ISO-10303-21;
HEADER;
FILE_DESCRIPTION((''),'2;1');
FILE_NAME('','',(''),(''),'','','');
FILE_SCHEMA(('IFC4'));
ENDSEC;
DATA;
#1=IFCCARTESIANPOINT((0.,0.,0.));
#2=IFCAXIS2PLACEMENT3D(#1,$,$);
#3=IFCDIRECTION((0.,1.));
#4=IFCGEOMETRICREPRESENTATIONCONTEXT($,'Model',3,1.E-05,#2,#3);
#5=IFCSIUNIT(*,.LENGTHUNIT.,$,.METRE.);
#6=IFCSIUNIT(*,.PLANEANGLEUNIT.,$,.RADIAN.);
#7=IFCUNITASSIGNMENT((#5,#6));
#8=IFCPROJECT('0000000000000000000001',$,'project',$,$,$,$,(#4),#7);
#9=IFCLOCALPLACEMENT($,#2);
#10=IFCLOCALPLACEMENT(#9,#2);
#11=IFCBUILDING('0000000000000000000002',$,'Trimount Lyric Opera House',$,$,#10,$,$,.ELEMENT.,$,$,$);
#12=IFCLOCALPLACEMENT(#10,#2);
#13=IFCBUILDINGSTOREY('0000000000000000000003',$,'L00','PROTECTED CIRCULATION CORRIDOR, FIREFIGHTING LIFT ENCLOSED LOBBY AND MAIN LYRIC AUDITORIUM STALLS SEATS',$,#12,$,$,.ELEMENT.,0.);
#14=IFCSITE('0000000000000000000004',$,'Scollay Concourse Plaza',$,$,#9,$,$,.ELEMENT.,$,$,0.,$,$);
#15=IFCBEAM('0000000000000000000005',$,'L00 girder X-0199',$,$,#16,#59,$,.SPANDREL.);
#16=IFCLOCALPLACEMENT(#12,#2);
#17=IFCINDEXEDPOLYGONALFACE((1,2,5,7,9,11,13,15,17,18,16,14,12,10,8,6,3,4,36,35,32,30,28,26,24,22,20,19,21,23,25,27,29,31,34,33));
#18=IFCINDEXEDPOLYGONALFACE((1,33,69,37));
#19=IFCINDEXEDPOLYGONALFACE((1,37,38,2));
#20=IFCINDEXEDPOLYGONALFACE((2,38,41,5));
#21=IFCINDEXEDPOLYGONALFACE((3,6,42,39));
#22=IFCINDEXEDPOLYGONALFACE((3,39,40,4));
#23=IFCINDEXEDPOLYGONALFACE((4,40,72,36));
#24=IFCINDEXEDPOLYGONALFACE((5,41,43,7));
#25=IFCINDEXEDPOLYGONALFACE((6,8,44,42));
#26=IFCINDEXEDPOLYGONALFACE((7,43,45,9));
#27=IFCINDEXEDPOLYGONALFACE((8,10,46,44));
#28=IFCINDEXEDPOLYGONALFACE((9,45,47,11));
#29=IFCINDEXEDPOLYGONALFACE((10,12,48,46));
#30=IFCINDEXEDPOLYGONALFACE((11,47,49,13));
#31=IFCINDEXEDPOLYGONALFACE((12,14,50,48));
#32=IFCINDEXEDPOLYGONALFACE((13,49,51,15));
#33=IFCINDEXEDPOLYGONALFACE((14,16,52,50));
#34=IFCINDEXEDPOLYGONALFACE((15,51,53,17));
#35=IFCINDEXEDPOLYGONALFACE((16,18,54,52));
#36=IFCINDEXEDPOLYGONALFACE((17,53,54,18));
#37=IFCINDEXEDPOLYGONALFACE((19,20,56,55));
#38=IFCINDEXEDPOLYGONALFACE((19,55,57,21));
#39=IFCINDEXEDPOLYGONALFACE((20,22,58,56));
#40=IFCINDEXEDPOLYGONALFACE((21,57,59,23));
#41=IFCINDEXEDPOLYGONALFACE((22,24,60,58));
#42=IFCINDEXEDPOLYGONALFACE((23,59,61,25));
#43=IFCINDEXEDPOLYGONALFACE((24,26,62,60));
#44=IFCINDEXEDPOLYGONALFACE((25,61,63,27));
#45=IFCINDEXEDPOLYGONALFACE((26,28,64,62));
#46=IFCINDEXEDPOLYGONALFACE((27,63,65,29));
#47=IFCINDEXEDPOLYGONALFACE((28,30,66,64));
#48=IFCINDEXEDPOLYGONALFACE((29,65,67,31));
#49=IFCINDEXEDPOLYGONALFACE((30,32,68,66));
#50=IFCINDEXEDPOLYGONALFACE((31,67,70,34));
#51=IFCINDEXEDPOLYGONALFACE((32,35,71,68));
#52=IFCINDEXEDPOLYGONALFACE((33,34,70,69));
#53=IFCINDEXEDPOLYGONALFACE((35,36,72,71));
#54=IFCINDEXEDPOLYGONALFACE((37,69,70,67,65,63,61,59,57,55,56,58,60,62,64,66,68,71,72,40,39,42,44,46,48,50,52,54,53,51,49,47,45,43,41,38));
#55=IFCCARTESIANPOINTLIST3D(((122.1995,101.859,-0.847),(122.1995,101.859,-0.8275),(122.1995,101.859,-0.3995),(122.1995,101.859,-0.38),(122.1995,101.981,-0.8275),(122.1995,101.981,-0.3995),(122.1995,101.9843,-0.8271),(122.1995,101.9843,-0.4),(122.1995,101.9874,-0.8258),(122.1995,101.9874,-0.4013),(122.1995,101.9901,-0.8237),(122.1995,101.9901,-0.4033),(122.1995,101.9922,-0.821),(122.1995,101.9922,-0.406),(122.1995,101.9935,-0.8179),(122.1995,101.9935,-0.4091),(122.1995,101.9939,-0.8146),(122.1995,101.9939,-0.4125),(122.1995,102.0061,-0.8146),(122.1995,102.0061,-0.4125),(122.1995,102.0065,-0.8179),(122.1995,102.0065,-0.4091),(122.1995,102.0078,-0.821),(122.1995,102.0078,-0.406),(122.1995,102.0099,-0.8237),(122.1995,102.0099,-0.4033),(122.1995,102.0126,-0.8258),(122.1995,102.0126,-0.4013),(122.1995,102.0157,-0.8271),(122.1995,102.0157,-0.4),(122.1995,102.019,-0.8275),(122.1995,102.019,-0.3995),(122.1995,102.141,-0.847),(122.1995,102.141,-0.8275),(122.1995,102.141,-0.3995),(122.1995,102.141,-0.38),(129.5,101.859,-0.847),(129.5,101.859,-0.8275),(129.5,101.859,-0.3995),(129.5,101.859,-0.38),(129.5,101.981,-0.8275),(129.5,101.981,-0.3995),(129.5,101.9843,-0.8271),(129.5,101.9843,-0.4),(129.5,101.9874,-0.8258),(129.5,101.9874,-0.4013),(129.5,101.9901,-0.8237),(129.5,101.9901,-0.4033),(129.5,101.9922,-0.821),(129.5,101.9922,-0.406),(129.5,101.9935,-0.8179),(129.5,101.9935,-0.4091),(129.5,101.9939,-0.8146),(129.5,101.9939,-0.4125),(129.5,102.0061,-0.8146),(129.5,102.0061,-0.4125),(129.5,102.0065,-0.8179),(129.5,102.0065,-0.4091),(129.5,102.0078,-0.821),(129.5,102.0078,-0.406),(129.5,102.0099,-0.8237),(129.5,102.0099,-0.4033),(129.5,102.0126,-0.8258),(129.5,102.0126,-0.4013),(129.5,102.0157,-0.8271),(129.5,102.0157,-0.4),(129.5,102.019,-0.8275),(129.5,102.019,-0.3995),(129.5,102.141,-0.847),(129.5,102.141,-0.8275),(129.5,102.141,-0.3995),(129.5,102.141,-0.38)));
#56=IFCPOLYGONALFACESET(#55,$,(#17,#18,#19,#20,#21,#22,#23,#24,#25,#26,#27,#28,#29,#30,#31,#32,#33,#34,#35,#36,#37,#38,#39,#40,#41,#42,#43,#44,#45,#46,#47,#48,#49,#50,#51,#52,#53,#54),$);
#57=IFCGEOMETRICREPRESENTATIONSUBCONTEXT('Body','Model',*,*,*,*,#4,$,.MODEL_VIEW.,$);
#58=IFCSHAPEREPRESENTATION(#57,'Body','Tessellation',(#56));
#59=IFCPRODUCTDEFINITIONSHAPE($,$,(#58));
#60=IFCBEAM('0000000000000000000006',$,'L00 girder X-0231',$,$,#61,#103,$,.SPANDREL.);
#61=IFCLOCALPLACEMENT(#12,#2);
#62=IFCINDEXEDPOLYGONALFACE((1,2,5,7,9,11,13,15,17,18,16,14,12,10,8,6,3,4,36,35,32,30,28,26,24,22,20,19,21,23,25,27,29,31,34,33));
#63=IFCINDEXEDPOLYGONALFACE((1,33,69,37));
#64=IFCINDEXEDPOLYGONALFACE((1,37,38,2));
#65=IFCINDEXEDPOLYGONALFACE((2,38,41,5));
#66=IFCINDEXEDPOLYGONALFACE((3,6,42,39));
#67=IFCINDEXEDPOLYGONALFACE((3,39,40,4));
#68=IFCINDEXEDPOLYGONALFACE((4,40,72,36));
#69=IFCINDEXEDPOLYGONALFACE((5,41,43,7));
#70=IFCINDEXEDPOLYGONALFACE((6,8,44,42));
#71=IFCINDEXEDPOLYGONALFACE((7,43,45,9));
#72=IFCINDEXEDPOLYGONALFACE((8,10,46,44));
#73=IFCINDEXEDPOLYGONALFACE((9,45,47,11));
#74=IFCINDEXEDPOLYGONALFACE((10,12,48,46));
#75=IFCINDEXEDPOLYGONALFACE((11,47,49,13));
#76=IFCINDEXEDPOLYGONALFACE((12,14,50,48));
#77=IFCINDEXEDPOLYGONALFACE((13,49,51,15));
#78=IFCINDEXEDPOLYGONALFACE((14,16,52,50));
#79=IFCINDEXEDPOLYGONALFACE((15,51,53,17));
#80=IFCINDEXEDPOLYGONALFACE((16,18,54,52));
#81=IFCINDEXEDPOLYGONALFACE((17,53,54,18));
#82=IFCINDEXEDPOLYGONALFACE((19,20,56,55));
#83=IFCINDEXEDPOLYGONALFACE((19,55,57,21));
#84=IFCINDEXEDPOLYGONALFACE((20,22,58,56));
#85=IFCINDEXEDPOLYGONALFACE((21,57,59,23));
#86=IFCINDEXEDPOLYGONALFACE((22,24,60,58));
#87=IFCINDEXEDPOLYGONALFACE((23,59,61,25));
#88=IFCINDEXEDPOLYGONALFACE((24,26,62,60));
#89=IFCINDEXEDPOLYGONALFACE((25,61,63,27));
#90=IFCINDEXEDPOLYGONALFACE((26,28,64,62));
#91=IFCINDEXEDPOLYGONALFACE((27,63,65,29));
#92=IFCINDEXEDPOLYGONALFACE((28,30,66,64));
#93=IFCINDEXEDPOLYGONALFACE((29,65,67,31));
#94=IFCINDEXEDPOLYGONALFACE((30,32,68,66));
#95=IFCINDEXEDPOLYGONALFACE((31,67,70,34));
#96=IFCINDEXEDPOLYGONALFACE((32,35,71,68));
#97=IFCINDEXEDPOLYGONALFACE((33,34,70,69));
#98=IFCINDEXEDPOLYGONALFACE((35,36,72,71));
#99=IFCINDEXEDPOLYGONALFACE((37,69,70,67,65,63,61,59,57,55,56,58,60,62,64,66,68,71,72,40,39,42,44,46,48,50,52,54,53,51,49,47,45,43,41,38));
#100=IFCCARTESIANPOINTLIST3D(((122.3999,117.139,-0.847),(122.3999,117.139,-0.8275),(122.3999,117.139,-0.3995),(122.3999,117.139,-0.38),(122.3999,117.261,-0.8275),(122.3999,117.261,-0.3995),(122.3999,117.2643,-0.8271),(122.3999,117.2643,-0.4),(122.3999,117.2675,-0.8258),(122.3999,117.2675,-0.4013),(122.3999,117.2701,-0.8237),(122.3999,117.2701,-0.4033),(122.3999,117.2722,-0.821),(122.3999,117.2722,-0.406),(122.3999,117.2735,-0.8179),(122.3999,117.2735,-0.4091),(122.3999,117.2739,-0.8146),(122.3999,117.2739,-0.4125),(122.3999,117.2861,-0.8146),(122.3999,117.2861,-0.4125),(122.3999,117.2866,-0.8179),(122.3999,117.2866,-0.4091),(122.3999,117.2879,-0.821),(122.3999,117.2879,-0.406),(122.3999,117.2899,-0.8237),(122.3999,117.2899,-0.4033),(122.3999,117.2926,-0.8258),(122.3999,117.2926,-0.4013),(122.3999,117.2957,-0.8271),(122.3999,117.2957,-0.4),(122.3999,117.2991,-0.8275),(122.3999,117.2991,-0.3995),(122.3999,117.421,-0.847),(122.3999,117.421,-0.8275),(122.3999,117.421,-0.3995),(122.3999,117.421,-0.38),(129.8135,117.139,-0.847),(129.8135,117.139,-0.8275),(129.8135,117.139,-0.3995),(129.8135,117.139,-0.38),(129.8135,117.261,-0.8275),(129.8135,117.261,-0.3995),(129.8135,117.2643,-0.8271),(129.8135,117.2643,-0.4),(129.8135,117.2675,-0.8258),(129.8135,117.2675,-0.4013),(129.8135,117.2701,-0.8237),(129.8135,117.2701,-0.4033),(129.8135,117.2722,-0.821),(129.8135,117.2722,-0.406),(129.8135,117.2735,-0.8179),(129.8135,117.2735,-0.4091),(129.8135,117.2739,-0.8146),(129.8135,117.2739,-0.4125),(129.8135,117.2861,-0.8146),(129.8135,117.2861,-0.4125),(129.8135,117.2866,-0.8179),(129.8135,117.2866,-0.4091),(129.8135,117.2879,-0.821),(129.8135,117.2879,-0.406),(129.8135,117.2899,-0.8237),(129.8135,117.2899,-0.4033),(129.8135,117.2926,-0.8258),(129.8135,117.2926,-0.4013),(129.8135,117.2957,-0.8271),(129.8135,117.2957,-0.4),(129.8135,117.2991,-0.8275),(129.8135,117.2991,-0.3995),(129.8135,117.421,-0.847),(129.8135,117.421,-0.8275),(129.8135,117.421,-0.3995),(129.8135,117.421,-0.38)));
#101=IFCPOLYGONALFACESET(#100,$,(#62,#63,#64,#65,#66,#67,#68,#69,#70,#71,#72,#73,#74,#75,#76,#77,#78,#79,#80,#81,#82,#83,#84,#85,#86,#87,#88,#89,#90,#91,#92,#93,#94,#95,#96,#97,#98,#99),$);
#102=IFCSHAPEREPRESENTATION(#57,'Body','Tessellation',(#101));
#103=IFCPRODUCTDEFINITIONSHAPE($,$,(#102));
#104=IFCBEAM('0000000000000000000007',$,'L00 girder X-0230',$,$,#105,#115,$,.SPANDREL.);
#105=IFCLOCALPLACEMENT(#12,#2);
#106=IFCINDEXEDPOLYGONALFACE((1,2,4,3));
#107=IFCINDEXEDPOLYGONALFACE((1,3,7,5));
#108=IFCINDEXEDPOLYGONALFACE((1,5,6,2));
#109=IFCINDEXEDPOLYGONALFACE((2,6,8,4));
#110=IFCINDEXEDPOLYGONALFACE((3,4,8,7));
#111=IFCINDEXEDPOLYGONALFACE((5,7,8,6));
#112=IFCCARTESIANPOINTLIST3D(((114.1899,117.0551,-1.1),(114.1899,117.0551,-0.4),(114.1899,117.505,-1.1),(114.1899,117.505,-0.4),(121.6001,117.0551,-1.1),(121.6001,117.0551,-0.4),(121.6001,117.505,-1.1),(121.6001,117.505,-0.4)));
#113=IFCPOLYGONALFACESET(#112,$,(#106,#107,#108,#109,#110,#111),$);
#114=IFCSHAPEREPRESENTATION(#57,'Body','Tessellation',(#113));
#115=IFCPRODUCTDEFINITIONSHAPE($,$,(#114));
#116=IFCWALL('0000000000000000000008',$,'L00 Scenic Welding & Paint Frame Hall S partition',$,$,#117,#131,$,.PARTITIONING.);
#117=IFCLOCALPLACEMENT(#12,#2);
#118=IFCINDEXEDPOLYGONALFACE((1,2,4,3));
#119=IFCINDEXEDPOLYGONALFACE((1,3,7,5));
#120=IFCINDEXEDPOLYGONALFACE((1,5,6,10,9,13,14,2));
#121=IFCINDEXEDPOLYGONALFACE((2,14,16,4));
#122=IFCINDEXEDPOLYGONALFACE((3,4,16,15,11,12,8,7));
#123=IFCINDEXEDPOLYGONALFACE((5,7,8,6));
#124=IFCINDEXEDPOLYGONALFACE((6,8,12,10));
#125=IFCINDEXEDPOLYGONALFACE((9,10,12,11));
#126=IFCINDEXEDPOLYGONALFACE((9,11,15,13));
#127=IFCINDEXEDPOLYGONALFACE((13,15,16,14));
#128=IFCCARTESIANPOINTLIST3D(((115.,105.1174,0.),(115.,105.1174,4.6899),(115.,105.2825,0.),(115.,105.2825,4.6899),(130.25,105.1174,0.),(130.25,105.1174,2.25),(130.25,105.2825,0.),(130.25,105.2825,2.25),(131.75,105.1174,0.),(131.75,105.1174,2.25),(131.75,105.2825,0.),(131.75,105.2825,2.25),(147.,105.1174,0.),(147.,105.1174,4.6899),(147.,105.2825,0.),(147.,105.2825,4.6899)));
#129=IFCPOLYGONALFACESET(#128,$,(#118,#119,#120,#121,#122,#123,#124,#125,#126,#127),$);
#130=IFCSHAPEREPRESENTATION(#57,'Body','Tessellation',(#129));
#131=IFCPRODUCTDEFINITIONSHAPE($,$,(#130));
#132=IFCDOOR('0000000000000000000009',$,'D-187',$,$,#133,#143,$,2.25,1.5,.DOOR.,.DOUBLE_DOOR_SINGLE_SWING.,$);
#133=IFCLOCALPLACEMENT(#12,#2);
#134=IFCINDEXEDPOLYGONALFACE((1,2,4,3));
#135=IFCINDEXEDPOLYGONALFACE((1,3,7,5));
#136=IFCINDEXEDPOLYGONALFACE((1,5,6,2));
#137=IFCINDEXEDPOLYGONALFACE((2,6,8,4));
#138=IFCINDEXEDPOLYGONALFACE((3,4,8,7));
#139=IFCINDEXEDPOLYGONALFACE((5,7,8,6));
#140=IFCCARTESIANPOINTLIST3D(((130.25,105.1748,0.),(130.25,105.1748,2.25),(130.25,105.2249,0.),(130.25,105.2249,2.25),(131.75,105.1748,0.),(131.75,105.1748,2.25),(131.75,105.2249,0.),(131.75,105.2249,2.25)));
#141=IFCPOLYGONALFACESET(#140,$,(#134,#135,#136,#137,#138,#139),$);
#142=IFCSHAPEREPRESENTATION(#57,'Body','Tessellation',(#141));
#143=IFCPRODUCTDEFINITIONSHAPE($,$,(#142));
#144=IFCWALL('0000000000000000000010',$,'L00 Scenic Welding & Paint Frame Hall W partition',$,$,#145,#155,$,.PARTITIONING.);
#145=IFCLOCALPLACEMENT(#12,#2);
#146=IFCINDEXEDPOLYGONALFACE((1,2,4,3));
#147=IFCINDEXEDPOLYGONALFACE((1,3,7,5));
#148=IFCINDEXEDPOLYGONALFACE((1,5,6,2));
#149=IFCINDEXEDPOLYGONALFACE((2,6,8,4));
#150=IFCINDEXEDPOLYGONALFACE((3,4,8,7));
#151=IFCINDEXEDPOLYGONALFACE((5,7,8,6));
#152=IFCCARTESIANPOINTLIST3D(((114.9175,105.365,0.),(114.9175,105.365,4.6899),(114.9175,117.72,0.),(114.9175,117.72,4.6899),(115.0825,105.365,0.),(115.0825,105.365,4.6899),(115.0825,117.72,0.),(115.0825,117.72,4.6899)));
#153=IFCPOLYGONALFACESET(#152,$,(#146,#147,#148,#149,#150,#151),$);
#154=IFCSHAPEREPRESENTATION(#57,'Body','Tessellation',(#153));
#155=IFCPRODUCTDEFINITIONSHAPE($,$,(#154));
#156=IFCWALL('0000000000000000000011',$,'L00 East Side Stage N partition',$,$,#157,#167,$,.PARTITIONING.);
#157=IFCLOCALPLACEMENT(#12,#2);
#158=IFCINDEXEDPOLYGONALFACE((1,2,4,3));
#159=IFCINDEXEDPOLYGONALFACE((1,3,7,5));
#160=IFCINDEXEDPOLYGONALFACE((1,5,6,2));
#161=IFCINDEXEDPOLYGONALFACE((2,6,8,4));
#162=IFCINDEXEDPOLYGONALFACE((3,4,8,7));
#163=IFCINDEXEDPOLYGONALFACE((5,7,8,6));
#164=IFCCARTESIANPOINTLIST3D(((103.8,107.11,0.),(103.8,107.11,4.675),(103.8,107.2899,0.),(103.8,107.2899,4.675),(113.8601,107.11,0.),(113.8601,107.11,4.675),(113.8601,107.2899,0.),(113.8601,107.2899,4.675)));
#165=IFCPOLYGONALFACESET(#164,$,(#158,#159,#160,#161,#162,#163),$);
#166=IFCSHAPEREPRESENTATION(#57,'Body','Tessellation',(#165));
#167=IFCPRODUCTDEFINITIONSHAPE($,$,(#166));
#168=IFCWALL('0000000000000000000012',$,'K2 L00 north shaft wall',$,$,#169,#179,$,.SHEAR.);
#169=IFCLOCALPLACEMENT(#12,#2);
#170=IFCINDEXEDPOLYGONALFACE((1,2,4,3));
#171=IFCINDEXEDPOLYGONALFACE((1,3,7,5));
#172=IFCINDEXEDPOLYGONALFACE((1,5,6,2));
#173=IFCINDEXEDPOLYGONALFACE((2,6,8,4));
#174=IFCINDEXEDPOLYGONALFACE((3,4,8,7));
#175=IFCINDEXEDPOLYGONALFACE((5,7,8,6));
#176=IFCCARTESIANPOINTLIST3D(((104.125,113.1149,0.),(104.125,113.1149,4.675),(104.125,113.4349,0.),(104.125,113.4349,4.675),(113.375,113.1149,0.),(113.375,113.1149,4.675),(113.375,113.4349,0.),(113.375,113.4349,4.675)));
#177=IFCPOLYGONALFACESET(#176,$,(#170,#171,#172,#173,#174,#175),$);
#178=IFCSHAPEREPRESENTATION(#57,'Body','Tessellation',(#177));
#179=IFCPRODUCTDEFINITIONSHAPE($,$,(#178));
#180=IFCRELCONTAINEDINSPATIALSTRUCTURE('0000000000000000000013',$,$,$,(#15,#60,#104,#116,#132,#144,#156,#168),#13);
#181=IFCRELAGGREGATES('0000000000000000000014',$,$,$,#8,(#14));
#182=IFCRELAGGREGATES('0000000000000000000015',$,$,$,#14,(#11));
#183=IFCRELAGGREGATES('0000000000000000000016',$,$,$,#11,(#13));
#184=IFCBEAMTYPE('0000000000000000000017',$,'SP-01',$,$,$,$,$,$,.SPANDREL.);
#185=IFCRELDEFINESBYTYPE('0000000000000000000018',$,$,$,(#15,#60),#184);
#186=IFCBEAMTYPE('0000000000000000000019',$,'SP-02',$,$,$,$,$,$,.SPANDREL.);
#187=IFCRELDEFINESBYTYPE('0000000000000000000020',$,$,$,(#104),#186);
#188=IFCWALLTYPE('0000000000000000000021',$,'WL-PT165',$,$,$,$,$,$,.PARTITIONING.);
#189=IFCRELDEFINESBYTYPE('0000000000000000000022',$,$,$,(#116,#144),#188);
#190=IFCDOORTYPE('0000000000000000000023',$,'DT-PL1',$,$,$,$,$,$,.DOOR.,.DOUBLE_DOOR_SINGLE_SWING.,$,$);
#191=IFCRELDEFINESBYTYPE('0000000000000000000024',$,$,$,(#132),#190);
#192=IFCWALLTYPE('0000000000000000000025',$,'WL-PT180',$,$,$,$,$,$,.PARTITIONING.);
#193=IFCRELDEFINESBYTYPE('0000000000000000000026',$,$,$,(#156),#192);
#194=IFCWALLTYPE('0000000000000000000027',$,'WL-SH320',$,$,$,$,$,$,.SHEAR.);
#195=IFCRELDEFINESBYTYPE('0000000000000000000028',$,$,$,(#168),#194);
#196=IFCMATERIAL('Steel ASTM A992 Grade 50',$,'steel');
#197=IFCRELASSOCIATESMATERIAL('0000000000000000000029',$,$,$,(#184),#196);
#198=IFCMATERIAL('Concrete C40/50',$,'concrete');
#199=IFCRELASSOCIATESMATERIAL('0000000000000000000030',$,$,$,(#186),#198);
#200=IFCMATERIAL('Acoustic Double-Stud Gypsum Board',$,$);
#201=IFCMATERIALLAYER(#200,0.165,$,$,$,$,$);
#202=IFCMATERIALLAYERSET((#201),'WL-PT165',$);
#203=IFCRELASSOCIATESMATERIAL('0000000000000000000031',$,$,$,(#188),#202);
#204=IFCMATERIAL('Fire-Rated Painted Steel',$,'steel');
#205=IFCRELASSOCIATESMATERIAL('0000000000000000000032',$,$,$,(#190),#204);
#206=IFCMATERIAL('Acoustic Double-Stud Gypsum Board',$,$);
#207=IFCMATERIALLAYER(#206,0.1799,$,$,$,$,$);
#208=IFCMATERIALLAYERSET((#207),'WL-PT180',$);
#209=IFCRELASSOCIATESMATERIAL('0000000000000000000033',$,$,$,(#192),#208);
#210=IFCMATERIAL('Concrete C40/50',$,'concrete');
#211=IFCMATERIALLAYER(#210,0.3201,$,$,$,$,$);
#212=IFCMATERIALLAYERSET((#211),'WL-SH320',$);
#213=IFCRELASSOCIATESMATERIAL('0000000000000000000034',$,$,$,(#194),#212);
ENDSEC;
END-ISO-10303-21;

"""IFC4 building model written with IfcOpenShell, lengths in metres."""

from ifc_helpers import new_model, si_unit, direction, frame, frame_2d, origin, origin_2d, place, context, subcontext, project, spatial, rectangle, i_section, extrude, material, layer, layer_set, material_profile, profile_set, type_object, element, fill, save


model = new_model("IFC4")

# Units and contexts
model_context = context("Model", 3, precision=1e-05, world=origin(), true_north=direction((0.0, 1.0)))
body_context = subcontext(model_context, "Body", "Model", "MODEL_VIEW")
ifc_project = project(units=[si_unit("LENGTHUNIT", "METRE"), si_unit("PLANEANGLEUNIT", "RADIAN")], contexts=[model_context])

# Site, building, storey
site_placement = place(None, origin())
site = spatial("IfcSite", under=ifc_project, at=site_placement, Name="Scollay Concourse Plaza", CompositionType="ELEMENT", RefElevation=0.0)
building_placement = place(site_placement, origin())
building = spatial("IfcBuilding", under=site, at=building_placement, Name="Trimount Lyric Opera House", CompositionType="ELEMENT")
storey_placement = place(building_placement, origin())
storey = spatial("IfcBuildingStorey", under=building, at=storey_placement, Name="L00", Description="PROTECTED CIRCULATION CORRIDOR, FIREFIGHTING LIFT ENCLOSED LOBBY AND MAIN LYRIC AUDITORIUM STALLS SEATS", CompositionType="ELEMENT", Elevation=0.0)

# Beams
ifc_material_1 = material(Name="Steel ASTM A992 Grade 50", Category="steel")
ifc_material_profile_1 = material_profile(ifc_material_1, i_section(OverallWidth=0.282, OverallDepth=0.467, WebThickness=0.0122, FlangeThickness=0.0195, FilletRadius=0.0129, at=origin_2d()), Name="W18X86")
ifc_profile_set_1 = profile_set([ifc_material_profile_1], Name="Steel ASTM A992 Grade 50")
beam_type_1 = type_object("IfcBeamType", Name="SP-01", PredefinedType="SPANDREL", material=ifc_profile_set_1)
beam_1_placement = place(storey_placement, frame((122.1995, 102.0, -0.6135), z_axis=(1.0, 0.0, 0.0), x_axis=(0.0, 1.0, 0.0)))
element("IfcBeam", 1, at=beam_1_placement, inside=storey, type_object=beam_type_1, Name="L00 girder X-0199", PredefinedType="SPANDREL", context=body_context, shape_type="SweptSolid", body=[
    extrude(i_section(OverallWidth=0.282, OverallDepth=0.467, WebThickness=0.0122, FlangeThickness=0.0195, FilletRadius=0.0129, at=origin_2d()), origin(), (0.0, 0.0, 1.0), 7.3005),
])
beam_2_placement = place(storey_placement, frame((122.3999, 117.28, -0.6135), z_axis=(1.0, 0.0, 0.0), x_axis=(0.0, 1.0, 0.0)))
element("IfcBeam", 2, at=beam_2_placement, inside=storey, type_object=beam_type_1, Name="L00 girder X-0231", PredefinedType="SPANDREL", context=body_context, shape_type="SweptSolid", body=[
    extrude(i_section(OverallWidth=0.282, OverallDepth=0.467, WebThickness=0.0122, FlangeThickness=0.0195, FilletRadius=0.0129, at=origin_2d()), origin(), (0.0, 0.0, 1.0), 7.4136),
])
ifc_material_2 = material(Name="Concrete C40/50", Category="concrete")
ifc_material_profile_2 = material_profile(ifc_material_2, rectangle(XDim=0.45, YDim=0.7, at=origin_2d()), Name="RC450X700")
ifc_profile_set_2 = profile_set([ifc_material_profile_2], Name="Concrete C40/50")
beam_type_2 = type_object("IfcBeamType", Name="SP-02", PredefinedType="SPANDREL", material=ifc_profile_set_2)
beam_3_placement = place(storey_placement, frame((114.1899, 117.28, -0.75), z_axis=(1.0, 0.0, 0.0), x_axis=(0.0, 1.0, 0.0)))
element("IfcBeam", 3, at=beam_3_placement, inside=storey, type_object=beam_type_2, Name="L00 girder X-0230", PredefinedType="SPANDREL", context=body_context, shape_type="SweptSolid", body=[
    extrude(rectangle(XDim=0.45, YDim=0.7, at=origin_2d()), origin(), (0.0, 0.0, 1.0), 7.4102),
])

# Wall, opening, door
ifc_material_3 = material(Name="Acoustic Double-Stud Gypsum Board")
ifc_layer_1 = layer(ifc_material_3, 0.165)
ifc_layer_set_1 = layer_set([ifc_layer_1], Name="WL-PT165")
wall_type_1 = type_object("IfcWallType", Name="WL-PT165", PredefinedType="PARTITIONING", material=ifc_layer_set_1)
wall_1_placement = place(storey_placement, frame((115.0, 105.2, 0.0), z_axis=(0.0, 0.0, 1.0), x_axis=(1.0, 0.0, 0.0)))
wall_1 = element("IfcWall", 4, at=wall_1_placement, inside=storey, type_object=wall_type_1, Name="L00 Scenic Welding & Paint Frame Hall S partition", PredefinedType="PARTITIONING", context=body_context, shape_type="SweptSolid", body=[
    extrude(rectangle(XDim=32.0, YDim=0.165, at=frame_2d((16.0, 0.0))), origin(), (0.0, 0.0, 1.0), 4.6899),
])
opening_placement = place(wall_1_placement, frame((15.25, 0.0, 0.0)))
opening = element("IfcOpeningElement", 5, at=opening_placement, cuts=wall_1, PredefinedType="OPENING", context=body_context, shape_type="SweptSolid", body=[
    extrude(rectangle(XDim=1.5, YDim=2.25, at=frame_2d((0.75, 1.125))), frame((0.0, 0.0925, 0.0), z_axis=(0.0, -1.0, 0.0), x_axis=(1.0, 0.0, 0.0)), (0.0, 0.0, 1.0), 0.1851),
])
ifc_material_4 = material(Name="Fire-Rated Painted Steel", Category="steel")
door_type = type_object("IfcDoorType", Name="DT-PL1", OperationType="DOUBLE_DOOR_SINGLE_SWING", PredefinedType="DOOR", material=ifc_material_4)
door_placement = place(opening_placement, origin())
door = element("IfcDoor", 6, at=door_placement, inside=storey, type_object=door_type, Name="D-187", OperationType="DOUBLE_DOOR_SINGLE_SWING", OverallHeight=2.25, OverallWidth=1.5, PredefinedType="DOOR", context=body_context, shape_type="SweptSolid", body=[
    extrude(rectangle(XDim=1.5, YDim=2.25, at=frame_2d((0.75, 1.125))), frame((0.0, 0.0249, 0.0), z_axis=(0.0, -1.0, 0.0), x_axis=(1.0, 0.0, 0.0)), (0.0, 0.0, 1.0), 0.05),
])
fill(opening, door)

# Walls
wall_2_placement = place(storey_placement, frame((115.0, 117.72, 0.0), z_axis=(0.0, 0.0, 1.0), x_axis=(0.0, -1.0, 0.0)))
element("IfcWall", 7, at=wall_2_placement, inside=storey, type_object=wall_type_1, Name="L00 Scenic Welding & Paint Frame Hall W partition", PredefinedType="PARTITIONING", context=body_context, shape_type="SweptSolid", body=[
    extrude(rectangle(XDim=12.355, YDim=0.165, at=frame_2d((6.1775, 0.0))), origin(), (0.0, 0.0, 1.0), 4.6899),
])
ifc_material_5 = material(Name="Acoustic Double-Stud Gypsum Board")
ifc_layer_2 = layer(ifc_material_5, 0.1799)
ifc_layer_set_2 = layer_set([ifc_layer_2], Name="WL-PT180")
wall_type_2 = type_object("IfcWallType", Name="WL-PT180", PredefinedType="PARTITIONING", material=ifc_layer_set_2)
wall_3_placement = place(storey_placement, frame((113.8601, 107.2, 0.0), z_axis=(0.0, 0.0, 1.0), x_axis=(-1.0, 0.0, 0.0)))
element("IfcWall", 8, at=wall_3_placement, inside=storey, type_object=wall_type_2, Name="L00 East Side Stage N partition", PredefinedType="PARTITIONING", context=body_context, shape_type="SweptSolid", body=[
    extrude(rectangle(XDim=10.0601, YDim=0.1799, at=frame_2d((5.03, 0.0))), origin(), (0.0, 0.0, 1.0), 4.675),
])
ifc_material_6 = material(Name="Concrete C40/50", Category="concrete")
ifc_layer_3 = layer(ifc_material_6, 0.3201)
ifc_layer_set_3 = layer_set([ifc_layer_3], Name="WL-SH320")
wall_type_3 = type_object("IfcWallType", Name="WL-SH320", PredefinedType="SHEAR", material=ifc_layer_set_3)
wall_4_placement = place(storey_placement, frame((113.375, 113.2749, 0.0), z_axis=(0.0, 0.0, 1.0), x_axis=(-1.0, 0.0, 0.0)))
element("IfcWall", 9, at=wall_4_placement, inside=storey, type_object=wall_type_3, Name="K2 L00 north shaft wall", PredefinedType="SHEAR", context=body_context, shape_type="SweptSolid", body=[
    extrude(rectangle(XDim=9.25, YDim=0.3201, at=frame_2d((4.625, 0.0))), origin(), (0.0, 0.0, 1.0), 4.675),
])

save(model, "model.ifc")
